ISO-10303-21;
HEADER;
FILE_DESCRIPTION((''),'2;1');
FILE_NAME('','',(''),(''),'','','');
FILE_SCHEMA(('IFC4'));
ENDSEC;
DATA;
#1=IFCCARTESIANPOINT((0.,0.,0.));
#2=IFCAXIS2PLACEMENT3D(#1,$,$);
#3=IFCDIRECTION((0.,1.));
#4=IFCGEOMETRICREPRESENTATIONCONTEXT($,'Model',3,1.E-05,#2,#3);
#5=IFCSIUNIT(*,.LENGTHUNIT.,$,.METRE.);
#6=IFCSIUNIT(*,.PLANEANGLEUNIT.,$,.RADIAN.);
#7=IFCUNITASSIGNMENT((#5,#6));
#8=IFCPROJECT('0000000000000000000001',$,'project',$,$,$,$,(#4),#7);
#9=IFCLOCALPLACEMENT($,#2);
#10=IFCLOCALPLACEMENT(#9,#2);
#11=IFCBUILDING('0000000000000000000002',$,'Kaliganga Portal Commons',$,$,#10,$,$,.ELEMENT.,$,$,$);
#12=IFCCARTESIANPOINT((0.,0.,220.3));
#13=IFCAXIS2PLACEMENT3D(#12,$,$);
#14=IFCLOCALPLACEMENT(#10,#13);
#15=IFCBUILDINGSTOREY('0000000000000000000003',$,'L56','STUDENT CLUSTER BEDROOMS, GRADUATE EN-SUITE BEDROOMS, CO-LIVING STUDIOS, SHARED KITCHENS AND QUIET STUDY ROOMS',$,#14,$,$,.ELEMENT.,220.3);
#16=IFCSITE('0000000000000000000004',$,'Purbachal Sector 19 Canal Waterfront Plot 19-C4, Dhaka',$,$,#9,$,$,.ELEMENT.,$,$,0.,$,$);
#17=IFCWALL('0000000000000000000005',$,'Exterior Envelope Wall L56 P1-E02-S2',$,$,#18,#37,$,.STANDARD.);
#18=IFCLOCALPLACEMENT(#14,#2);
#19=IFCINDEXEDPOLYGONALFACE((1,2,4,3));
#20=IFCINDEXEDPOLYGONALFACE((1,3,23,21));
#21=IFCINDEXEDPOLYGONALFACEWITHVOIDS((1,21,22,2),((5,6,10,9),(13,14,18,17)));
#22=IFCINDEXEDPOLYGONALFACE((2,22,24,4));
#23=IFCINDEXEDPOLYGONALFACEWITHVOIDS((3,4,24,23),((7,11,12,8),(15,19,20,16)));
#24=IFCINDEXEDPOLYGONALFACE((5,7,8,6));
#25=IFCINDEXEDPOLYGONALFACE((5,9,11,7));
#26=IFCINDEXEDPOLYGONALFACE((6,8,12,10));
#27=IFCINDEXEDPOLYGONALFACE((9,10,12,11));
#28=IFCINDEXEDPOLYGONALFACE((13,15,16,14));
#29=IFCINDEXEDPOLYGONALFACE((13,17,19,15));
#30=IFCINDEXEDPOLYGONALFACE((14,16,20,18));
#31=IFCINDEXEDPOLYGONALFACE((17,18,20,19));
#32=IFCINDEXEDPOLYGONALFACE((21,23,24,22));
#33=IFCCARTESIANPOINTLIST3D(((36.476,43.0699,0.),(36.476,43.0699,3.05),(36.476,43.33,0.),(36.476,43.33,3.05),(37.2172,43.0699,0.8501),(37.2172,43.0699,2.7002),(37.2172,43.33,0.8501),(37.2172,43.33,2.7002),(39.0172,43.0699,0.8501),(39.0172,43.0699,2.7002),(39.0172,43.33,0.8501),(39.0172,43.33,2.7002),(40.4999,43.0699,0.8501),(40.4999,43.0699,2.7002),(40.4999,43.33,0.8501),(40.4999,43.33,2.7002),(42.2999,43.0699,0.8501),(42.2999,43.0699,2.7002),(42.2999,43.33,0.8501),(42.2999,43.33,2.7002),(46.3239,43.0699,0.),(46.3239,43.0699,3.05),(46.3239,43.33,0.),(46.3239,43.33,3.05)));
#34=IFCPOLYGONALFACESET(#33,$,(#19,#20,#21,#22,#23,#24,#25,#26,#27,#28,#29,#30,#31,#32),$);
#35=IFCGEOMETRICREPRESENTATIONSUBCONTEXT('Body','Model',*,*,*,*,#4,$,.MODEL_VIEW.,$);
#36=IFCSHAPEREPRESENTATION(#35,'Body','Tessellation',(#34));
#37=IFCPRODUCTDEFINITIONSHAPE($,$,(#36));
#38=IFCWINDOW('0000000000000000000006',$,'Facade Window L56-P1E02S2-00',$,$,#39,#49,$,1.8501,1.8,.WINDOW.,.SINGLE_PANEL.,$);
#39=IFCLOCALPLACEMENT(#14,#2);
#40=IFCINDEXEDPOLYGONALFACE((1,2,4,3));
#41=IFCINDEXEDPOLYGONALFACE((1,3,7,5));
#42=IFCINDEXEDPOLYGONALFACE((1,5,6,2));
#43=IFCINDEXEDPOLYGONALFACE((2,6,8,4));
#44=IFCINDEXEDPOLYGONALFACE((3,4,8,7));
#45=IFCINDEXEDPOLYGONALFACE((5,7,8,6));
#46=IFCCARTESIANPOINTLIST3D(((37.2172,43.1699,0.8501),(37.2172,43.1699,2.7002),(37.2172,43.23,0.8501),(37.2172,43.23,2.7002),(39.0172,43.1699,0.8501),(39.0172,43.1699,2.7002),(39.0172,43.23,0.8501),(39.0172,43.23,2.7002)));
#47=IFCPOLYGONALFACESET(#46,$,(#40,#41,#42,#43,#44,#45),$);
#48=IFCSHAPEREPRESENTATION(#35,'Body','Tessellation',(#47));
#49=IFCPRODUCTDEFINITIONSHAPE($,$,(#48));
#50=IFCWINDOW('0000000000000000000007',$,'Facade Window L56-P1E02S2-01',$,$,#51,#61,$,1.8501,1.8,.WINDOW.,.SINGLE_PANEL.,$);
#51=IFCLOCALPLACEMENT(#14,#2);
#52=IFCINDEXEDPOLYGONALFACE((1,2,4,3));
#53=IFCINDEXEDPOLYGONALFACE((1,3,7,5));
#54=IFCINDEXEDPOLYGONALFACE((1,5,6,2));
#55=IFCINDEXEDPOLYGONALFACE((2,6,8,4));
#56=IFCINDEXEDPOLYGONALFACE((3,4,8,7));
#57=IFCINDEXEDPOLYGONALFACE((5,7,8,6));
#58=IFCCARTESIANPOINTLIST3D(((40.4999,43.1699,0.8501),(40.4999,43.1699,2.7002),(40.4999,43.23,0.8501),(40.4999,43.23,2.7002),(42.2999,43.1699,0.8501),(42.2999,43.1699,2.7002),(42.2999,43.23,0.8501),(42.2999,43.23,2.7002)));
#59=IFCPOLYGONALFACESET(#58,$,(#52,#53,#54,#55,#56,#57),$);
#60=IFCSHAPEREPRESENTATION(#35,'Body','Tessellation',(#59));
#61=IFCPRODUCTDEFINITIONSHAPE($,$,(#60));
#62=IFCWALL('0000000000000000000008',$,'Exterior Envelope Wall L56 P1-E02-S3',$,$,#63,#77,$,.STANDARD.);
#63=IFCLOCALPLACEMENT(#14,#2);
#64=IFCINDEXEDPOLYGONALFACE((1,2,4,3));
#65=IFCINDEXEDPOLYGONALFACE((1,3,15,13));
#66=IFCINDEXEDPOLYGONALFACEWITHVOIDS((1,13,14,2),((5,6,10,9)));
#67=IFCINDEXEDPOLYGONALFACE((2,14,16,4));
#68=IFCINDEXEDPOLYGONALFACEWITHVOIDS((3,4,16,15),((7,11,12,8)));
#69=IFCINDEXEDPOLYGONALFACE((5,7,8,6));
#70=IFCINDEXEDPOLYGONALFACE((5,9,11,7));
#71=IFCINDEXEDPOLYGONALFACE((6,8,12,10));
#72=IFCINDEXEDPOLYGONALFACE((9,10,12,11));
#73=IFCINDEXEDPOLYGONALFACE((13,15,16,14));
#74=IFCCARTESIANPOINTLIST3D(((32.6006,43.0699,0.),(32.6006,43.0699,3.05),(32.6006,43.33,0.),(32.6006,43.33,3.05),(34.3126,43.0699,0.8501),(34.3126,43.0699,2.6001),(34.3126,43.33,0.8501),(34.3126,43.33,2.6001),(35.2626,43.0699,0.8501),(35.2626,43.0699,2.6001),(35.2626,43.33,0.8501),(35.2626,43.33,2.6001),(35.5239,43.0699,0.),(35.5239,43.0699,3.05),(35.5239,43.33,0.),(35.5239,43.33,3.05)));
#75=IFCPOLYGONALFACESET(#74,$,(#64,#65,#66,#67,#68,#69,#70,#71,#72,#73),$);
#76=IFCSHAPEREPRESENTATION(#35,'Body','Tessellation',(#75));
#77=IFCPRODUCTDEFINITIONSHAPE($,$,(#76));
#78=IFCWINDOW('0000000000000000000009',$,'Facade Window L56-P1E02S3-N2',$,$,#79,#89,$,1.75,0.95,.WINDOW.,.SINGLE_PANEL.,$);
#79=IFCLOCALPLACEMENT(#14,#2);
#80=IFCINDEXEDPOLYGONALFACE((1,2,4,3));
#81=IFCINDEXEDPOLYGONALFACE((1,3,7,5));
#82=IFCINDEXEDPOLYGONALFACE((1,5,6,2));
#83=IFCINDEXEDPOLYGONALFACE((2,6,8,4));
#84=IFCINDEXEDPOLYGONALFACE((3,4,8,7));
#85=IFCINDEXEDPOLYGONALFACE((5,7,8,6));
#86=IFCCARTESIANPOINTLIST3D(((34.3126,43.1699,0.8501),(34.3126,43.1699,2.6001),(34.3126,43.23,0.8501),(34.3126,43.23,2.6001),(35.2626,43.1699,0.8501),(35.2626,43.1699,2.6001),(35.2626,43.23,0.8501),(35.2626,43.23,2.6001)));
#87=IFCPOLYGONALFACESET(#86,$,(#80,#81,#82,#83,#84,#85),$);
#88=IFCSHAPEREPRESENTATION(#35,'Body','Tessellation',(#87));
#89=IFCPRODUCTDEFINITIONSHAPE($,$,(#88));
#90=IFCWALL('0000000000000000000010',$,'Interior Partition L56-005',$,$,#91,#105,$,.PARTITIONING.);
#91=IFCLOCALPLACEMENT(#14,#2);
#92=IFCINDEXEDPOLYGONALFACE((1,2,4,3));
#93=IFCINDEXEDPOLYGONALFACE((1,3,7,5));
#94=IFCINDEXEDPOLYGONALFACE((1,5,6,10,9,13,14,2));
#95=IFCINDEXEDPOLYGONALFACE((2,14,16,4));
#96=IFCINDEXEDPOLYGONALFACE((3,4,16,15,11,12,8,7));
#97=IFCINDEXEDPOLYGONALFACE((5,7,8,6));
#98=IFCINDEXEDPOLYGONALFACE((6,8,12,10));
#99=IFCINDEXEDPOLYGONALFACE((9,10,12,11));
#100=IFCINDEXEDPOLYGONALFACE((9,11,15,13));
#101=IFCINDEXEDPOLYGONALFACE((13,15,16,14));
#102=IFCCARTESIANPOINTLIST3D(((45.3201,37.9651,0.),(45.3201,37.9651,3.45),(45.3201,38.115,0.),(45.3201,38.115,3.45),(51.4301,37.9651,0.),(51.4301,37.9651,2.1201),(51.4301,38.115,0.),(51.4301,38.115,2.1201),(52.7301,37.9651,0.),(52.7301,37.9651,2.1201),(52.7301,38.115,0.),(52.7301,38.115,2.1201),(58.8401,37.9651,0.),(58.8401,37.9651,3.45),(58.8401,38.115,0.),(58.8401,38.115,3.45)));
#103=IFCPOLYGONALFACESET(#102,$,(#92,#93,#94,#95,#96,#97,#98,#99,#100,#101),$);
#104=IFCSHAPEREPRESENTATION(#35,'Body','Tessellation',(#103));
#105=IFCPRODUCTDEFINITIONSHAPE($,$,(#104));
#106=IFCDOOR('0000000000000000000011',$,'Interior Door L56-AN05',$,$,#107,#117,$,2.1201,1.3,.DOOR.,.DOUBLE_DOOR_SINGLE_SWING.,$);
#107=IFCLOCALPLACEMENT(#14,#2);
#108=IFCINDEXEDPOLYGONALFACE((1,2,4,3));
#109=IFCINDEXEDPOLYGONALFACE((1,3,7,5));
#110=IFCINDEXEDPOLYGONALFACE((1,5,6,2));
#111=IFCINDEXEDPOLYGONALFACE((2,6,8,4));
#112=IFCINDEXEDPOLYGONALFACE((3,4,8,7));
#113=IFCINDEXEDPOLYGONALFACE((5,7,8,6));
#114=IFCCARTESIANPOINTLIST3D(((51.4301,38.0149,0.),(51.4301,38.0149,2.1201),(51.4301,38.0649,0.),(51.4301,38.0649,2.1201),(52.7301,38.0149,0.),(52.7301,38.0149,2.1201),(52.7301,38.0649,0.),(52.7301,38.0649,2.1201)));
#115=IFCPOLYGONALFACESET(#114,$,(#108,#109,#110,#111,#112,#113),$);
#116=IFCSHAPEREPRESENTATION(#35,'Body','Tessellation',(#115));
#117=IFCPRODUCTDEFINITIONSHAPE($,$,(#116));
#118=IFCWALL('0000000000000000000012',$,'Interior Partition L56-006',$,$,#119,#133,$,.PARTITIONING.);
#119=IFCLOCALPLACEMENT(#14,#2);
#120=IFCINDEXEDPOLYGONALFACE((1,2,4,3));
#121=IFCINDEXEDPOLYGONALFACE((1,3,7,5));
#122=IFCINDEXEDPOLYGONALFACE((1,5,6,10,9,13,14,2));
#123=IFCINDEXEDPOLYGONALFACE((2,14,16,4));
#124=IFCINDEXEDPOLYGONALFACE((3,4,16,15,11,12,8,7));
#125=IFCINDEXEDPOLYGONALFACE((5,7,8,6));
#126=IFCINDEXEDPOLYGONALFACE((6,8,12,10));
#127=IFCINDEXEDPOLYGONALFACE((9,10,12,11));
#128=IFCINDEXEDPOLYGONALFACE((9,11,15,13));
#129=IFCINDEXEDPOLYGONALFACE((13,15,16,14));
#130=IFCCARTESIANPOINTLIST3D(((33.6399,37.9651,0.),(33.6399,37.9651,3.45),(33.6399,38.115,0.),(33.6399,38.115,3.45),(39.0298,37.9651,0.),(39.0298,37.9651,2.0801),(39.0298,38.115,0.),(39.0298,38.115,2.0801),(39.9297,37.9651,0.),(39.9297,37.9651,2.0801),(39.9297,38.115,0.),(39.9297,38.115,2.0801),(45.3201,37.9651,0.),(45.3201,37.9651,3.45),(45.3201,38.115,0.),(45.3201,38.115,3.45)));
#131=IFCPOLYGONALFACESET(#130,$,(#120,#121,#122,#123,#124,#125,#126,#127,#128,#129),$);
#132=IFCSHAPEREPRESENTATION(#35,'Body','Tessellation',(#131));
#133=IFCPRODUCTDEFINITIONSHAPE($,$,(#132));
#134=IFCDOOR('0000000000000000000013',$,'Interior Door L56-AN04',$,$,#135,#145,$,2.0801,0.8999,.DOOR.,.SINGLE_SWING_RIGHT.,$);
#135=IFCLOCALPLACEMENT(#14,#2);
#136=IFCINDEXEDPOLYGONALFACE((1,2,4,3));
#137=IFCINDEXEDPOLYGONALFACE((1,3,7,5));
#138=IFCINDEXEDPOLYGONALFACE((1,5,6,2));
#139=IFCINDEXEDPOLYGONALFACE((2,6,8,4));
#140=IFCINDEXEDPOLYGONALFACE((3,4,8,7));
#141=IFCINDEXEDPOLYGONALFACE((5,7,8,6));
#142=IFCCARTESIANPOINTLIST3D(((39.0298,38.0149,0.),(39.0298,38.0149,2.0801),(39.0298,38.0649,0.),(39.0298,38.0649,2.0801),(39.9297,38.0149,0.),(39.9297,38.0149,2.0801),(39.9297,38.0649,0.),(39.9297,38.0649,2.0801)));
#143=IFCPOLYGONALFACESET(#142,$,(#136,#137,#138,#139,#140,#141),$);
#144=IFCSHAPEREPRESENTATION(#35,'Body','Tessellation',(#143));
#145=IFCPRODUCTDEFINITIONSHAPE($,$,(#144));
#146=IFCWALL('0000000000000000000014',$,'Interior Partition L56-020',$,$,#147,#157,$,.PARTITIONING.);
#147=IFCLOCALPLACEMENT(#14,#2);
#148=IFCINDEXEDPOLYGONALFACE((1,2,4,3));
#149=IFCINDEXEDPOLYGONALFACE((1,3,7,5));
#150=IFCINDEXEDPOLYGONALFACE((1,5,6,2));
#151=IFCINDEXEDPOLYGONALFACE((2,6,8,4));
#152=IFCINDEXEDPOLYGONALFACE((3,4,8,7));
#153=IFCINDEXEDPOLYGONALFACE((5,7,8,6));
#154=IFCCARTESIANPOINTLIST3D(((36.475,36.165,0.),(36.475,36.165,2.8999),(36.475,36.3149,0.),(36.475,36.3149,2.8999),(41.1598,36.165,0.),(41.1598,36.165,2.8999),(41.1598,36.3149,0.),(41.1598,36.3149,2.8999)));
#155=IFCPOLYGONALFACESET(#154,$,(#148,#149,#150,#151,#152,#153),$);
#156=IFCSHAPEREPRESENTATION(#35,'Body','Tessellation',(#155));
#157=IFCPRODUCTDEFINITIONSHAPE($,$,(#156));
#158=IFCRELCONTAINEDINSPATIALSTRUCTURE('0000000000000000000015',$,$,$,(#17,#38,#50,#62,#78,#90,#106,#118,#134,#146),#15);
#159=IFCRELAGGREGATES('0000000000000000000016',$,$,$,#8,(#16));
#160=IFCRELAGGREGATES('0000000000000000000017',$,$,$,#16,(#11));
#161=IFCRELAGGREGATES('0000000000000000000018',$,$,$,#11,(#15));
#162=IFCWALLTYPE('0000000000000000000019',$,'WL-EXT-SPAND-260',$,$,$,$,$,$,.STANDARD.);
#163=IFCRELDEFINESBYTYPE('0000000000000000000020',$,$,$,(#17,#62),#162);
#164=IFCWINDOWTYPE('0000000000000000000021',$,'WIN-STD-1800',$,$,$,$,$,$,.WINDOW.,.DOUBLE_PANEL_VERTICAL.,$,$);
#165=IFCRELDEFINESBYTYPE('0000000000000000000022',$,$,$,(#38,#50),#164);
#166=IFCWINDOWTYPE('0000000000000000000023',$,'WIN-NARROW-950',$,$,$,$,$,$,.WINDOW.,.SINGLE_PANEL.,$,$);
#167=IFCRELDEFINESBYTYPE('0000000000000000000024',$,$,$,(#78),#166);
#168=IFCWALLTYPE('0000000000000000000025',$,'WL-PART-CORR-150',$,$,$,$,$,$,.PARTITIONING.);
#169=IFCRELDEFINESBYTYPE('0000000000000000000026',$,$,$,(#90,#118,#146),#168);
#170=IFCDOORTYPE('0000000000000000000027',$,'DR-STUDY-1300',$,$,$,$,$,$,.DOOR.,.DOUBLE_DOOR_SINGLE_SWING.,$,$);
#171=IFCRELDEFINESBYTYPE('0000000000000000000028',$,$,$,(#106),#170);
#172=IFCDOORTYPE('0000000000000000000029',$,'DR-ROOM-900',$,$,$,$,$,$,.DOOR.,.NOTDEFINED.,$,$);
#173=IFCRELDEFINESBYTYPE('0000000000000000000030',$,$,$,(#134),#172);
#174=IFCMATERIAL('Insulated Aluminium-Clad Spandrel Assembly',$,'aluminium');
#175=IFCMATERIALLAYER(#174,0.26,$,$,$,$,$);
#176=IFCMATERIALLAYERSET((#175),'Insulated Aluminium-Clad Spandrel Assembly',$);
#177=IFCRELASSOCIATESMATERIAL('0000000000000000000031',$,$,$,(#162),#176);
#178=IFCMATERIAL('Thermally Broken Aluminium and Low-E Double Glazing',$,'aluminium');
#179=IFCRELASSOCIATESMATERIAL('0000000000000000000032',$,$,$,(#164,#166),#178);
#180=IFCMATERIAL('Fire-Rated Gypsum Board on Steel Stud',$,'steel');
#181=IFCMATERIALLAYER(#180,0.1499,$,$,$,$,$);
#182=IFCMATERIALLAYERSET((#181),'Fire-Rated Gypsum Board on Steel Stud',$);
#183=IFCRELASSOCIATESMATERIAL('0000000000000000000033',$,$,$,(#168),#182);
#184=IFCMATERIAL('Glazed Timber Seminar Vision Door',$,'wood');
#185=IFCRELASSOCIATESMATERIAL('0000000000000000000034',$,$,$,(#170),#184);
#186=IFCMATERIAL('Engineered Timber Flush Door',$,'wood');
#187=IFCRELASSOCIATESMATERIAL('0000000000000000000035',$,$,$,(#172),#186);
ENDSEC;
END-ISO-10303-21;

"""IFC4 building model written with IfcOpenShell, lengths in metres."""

from ifc_helpers import new_model, si_unit, direction, frame, frame_2d, origin, place, context, subcontext, project, spatial, rectangle, extrude, material, layer, layer_set, type_object, element, fill, save


model = new_model("IFC4")

# Units and contexts
model_context = context("Model", 3, precision=1e-05, world=origin(), true_north=direction((0.0, 1.0)))
body_context = subcontext(model_context, "Body", "Model", "MODEL_VIEW")
ifc_project = project(units=[si_unit("LENGTHUNIT", "METRE"), si_unit("PLANEANGLEUNIT", "RADIAN")], contexts=[model_context])

# Site, building, storey
site_placement = place(None, origin())
site = spatial("IfcSite", under=ifc_project, at=site_placement, Name="Purbachal Sector 19 Canal Waterfront Plot 19-C4, Dhaka", CompositionType="ELEMENT", RefElevation=0.0)
building_placement = place(site_placement, origin())
building = spatial("IfcBuilding", under=site, at=building_placement, Name="Kaliganga Portal Commons", CompositionType="ELEMENT")
storey_placement = place(building_placement, frame((0.0, 0.0, 220.3)))
storey = spatial("IfcBuildingStorey", under=building, at=storey_placement, Name="L56", Description="STUDENT CLUSTER BEDROOMS, GRADUATE EN-SUITE BEDROOMS, CO-LIVING STUDIOS, SHARED KITCHENS AND QUIET STUDY ROOMS", CompositionType="ELEMENT", Elevation=220.3)

# Wall, openings, windows
ifc_material_1 = material(Name="Insulated Aluminium-Clad Spandrel Assembly", Category="aluminium")
ifc_layer_1 = layer(ifc_material_1, 0.26)
ifc_layer_set_1 = layer_set([ifc_layer_1], Name="Insulated Aluminium-Clad Spandrel Assembly")
wall_type_1 = type_object("IfcWallType", Name="WL-EXT-SPAND-260", PredefinedType="STANDARD", material=ifc_layer_set_1)
wall_1_placement = place(storey_placement, frame((36.4761, 43.2, 0.0), z_axis=(0.0, 0.0, 1.0), x_axis=(1.0, 0.0, 0.0)))
wall_1 = element("IfcWall", 1, at=wall_1_placement, inside=storey, type_object=wall_type_1, Name="Exterior Envelope Wall L56 P1-E02-S2", PredefinedType="STANDARD", context=body_context, shape_type="SweptSolid", body=[
    extrude(rectangle(XDim=9.8479, YDim=0.26, at=frame_2d((4.9238, 0.0))), origin(), (0.0, 0.0, 1.0), 3.05),
])
opening_1_placement = place(wall_1_placement, frame((0.7412, 0.0, 0.8501)))
opening_1 = element("IfcOpeningElement", 2, at=opening_1_placement, cuts=wall_1, PredefinedType="OPENING", context=body_context, shape_type="SweptSolid", body=[
    extrude(rectangle(XDim=1.8, YDim=1.8501, at=frame_2d((0.8999, 0.925))), frame((0.0, 0.1401, 0.0), z_axis=(0.0, -1.0, 0.0), x_axis=(1.0, 0.0, 0.0)), (0.0, 0.0, 1.0), 0.28),
])
opening_2_placement = place(wall_1_placement, frame((4.0239, 0.0, 0.8501)))
opening_2 = element("IfcOpeningElement", 3, at=opening_2_placement, cuts=wall_1, PredefinedType="OPENING", context=body_context, shape_type="SweptSolid", body=[
    extrude(rectangle(XDim=1.8, YDim=1.8501, at=frame_2d((0.8999, 0.925))), frame((0.0, 0.1401, 0.0), z_axis=(0.0, -1.0, 0.0), x_axis=(1.0, 0.0, 0.0)), (0.0, 0.0, 1.0), 0.28),
])
ifc_material_2 = material(Name="Thermally Broken Aluminium and Low-E Double Glazing", Category="aluminium")
window_type_1 = type_object("IfcWindowType", Name="WIN-STD-1800", PartitioningType="DOUBLE_PANEL_VERTICAL", PredefinedType="WINDOW", material=ifc_material_2)
window_1_placement = place(opening_1_placement, origin())
window_1 = element("IfcWindow", 4, at=window_1_placement, inside=storey, type_object=window_type_1, Name="Facade Window L56-P1E02S2-00", OverallHeight=1.8501, OverallWidth=1.8, PartitioningType="SINGLE_PANEL", PredefinedType="WINDOW", context=body_context, shape_type="SweptSolid", body=[
    extrude(rectangle(XDim=1.8, YDim=1.8501, at=frame_2d((0.8999, 0.925))), frame((0.0, 0.03, 0.0), z_axis=(0.0, -1.0, 0.0), x_axis=(1.0, 0.0, 0.0)), (0.0, 0.0, 1.0), 0.0601),
])
fill(opening_1, window_1)
window_2_placement = place(opening_2_placement, origin())
window_2 = element("IfcWindow", 5, at=window_2_placement, inside=storey, type_object=window_type_1, Name="Facade Window L56-P1E02S2-01", OverallHeight=1.8501, OverallWidth=1.8, PartitioningType="SINGLE_PANEL", PredefinedType="WINDOW", context=body_context, shape_type="SweptSolid", body=[
    extrude(rectangle(XDim=1.8, YDim=1.8501, at=frame_2d((0.8999, 0.925))), frame((0.0, 0.03, 0.0), z_axis=(0.0, -1.0, 0.0), x_axis=(1.0, 0.0, 0.0)), (0.0, 0.0, 1.0), 0.0601),
])
fill(opening_2, window_2)

# Wall, opening, window
wall_2_placement = place(storey_placement, frame((32.6006, 43.2, 0.0), z_axis=(0.0, 0.0, 1.0), x_axis=(1.0, 0.0, 0.0)))
wall_2 = element("IfcWall", 6, at=wall_2_placement, inside=storey, type_object=wall_type_1, Name="Exterior Envelope Wall L56 P1-E02-S3", PredefinedType="STANDARD", context=body_context, shape_type="SweptSolid", body=[
    extrude(rectangle(XDim=2.9233, YDim=0.26, at=frame_2d((1.4617, 0.0))), origin(), (0.0, 0.0, 1.0), 3.05),
])
opening_3_placement = place(wall_2_placement, frame((1.7119, 0.0, 0.8501)))
opening_3 = element("IfcOpeningElement", 7, at=opening_3_placement, cuts=wall_2, PredefinedType="OPENING", context=body_context, shape_type="SweptSolid", body=[
    extrude(rectangle(XDim=0.95, YDim=1.75, at=frame_2d((0.4751, 0.875))), frame((0.0, 0.1401, 0.0), z_axis=(0.0, -1.0, 0.0), x_axis=(1.0, 0.0, 0.0)), (0.0, 0.0, 1.0), 0.28),
])
window_type_2 = type_object("IfcWindowType", Name="WIN-NARROW-950", PartitioningType="SINGLE_PANEL", PredefinedType="WINDOW", material=ifc_material_2)
window_3_placement = place(opening_3_placement, origin())
window_3 = element("IfcWindow", 8, at=window_3_placement, inside=storey, type_object=window_type_2, Name="Facade Window L56-P1E02S3-N2", OverallHeight=1.75, OverallWidth=0.95, PartitioningType="SINGLE_PANEL", PredefinedType="WINDOW", context=body_context, shape_type="SweptSolid", body=[
    extrude(rectangle(XDim=0.95, YDim=1.75, at=frame_2d((0.4751, 0.875))), frame((0.0, 0.03, 0.0), z_axis=(0.0, -1.0, 0.0), x_axis=(1.0, 0.0, 0.0)), (0.0, 0.0, 1.0), 0.0601),
])
fill(opening_3, window_3)

# Walls, openings, doors
ifc_material_3 = material(Name="Fire-Rated Gypsum Board on Steel Stud", Category="steel")
ifc_layer_2 = layer(ifc_material_3, 0.1499)
ifc_layer_set_2 = layer_set([ifc_layer_2], Name="Fire-Rated Gypsum Board on Steel Stud")
wall_type_2 = type_object("IfcWallType", Name="WL-PART-CORR-150", PredefinedType="PARTITIONING", material=ifc_layer_set_2)
wall_3_placement = place(storey_placement, frame((45.3201, 38.04, 0.0), z_axis=(0.0, 0.0, 1.0), x_axis=(1.0, 0.0, 0.0)))
wall_3 = element("IfcWall", 9, at=wall_3_placement, inside=storey, type_object=wall_type_2, Name="Interior Partition L56-005", PredefinedType="PARTITIONING", context=body_context, shape_type="SweptSolid", body=[
    extrude(rectangle(XDim=13.52, YDim=0.1499, at=frame_2d((6.76, 0.0))), origin(), (0.0, 0.0, 1.0), 3.45),
])
opening_4_placement = place(wall_3_placement, frame((6.1101, 0.0, 0.0)))
opening_4 = element("IfcOpeningElement", 10, at=opening_4_placement, cuts=wall_3, PredefinedType="OPENING", context=body_context, shape_type="SweptSolid", body=[
    extrude(rectangle(XDim=1.3, YDim=2.1201, at=frame_2d((0.6499, 1.0601))), frame((0.0, 0.085, 0.0), z_axis=(0.0, -1.0, 0.0), x_axis=(1.0, 0.0, 0.0)), (0.0, 0.0, 1.0), 0.1699),
])
ifc_material_4 = material(Name="Glazed Timber Seminar Vision Door", Category="wood")
door_type_1 = type_object("IfcDoorType", Name="DR-STUDY-1300", OperationType="DOUBLE_DOOR_SINGLE_SWING", PredefinedType="DOOR", material=ifc_material_4)
door_1_placement = place(opening_4_placement, origin())
door_1 = element("IfcDoor", 11, at=door_1_placement, inside=storey, type_object=door_type_1, Name="Interior Door L56-AN05", OperationType="DOUBLE_DOOR_SINGLE_SWING", OverallHeight=2.1201, OverallWidth=1.3, PredefinedType="DOOR", context=body_context, shape_type="SweptSolid", body=[
    extrude(rectangle(XDim=1.3, YDim=2.1201, at=frame_2d((0.6499, 1.0601))), frame((0.0, 0.0249, 0.0), z_axis=(0.0, -1.0, 0.0), x_axis=(1.0, 0.0, 0.0)), (0.0, 0.0, 1.0), 0.05),
])
fill(opening_4, door_1)
wall_4_placement = place(storey_placement, frame((33.6399, 38.04, 0.0), z_axis=(0.0, 0.0, 1.0), x_axis=(1.0, 0.0, 0.0)))
wall_4 = element("IfcWall", 12, at=wall_4_placement, inside=storey, type_object=wall_type_2, Name="Interior Partition L56-006", PredefinedType="PARTITIONING", context=body_context, shape_type="SweptSolid", body=[
    extrude(rectangle(XDim=11.6802, YDim=0.1499, at=frame_2d((5.8401, 0.0))), origin(), (0.0, 0.0, 1.0), 3.45),
])
opening_5_placement = place(wall_4_placement, frame((5.3899, 0.0, 0.0)))
opening_5 = element("IfcOpeningElement", 13, at=opening_5_placement, cuts=wall_4, PredefinedType="OPENING", context=body_context, shape_type="SweptSolid", body=[
    extrude(rectangle(XDim=0.8999, YDim=2.0801, at=frame_2d((0.45, 1.04))), frame((0.0, 0.085, 0.0), z_axis=(0.0, -1.0, 0.0), x_axis=(1.0, 0.0, 0.0)), (0.0, 0.0, 1.0), 0.1699),
])
ifc_material_5 = material(Name="Engineered Timber Flush Door", Category="wood")
door_type_2 = type_object("IfcDoorType", Name="DR-ROOM-900", OperationType="NOTDEFINED", PredefinedType="DOOR", material=ifc_material_5)
door_2_placement = place(opening_5_placement, origin())
door_2 = element("IfcDoor", 14, at=door_2_placement, inside=storey, type_object=door_type_2, Name="Interior Door L56-AN04", OperationType="SINGLE_SWING_RIGHT", OverallHeight=2.0801, OverallWidth=0.8999, PredefinedType="DOOR", context=body_context, shape_type="SweptSolid", body=[
    extrude(rectangle(XDim=0.8999, YDim=2.0801, at=frame_2d((0.45, 1.04))), frame((0.0, 0.0249, 0.0), z_axis=(0.0, -1.0, 0.0), x_axis=(1.0, 0.0, 0.0)), (0.0, 0.0, 1.0), 0.05),
])
fill(opening_5, door_2)

# Wall
wall_5_placement = place(storey_placement, frame((36.4751, 36.24, 0.0), z_axis=(0.0, 0.0, 1.0), x_axis=(1.0, 0.0, 0.0)))
element("IfcWall", 15, at=wall_5_placement, inside=storey, type_object=wall_type_2, Name="Interior Partition L56-020", PredefinedType="PARTITIONING", context=body_context, shape_type="SweptSolid", body=[
    extrude(rectangle(XDim=4.6848, YDim=0.1499, at=frame_2d((2.3423, 0.0))), origin(), (0.0, 0.0, 1.0), 2.8999),
])

save(model, "model.ifc")
